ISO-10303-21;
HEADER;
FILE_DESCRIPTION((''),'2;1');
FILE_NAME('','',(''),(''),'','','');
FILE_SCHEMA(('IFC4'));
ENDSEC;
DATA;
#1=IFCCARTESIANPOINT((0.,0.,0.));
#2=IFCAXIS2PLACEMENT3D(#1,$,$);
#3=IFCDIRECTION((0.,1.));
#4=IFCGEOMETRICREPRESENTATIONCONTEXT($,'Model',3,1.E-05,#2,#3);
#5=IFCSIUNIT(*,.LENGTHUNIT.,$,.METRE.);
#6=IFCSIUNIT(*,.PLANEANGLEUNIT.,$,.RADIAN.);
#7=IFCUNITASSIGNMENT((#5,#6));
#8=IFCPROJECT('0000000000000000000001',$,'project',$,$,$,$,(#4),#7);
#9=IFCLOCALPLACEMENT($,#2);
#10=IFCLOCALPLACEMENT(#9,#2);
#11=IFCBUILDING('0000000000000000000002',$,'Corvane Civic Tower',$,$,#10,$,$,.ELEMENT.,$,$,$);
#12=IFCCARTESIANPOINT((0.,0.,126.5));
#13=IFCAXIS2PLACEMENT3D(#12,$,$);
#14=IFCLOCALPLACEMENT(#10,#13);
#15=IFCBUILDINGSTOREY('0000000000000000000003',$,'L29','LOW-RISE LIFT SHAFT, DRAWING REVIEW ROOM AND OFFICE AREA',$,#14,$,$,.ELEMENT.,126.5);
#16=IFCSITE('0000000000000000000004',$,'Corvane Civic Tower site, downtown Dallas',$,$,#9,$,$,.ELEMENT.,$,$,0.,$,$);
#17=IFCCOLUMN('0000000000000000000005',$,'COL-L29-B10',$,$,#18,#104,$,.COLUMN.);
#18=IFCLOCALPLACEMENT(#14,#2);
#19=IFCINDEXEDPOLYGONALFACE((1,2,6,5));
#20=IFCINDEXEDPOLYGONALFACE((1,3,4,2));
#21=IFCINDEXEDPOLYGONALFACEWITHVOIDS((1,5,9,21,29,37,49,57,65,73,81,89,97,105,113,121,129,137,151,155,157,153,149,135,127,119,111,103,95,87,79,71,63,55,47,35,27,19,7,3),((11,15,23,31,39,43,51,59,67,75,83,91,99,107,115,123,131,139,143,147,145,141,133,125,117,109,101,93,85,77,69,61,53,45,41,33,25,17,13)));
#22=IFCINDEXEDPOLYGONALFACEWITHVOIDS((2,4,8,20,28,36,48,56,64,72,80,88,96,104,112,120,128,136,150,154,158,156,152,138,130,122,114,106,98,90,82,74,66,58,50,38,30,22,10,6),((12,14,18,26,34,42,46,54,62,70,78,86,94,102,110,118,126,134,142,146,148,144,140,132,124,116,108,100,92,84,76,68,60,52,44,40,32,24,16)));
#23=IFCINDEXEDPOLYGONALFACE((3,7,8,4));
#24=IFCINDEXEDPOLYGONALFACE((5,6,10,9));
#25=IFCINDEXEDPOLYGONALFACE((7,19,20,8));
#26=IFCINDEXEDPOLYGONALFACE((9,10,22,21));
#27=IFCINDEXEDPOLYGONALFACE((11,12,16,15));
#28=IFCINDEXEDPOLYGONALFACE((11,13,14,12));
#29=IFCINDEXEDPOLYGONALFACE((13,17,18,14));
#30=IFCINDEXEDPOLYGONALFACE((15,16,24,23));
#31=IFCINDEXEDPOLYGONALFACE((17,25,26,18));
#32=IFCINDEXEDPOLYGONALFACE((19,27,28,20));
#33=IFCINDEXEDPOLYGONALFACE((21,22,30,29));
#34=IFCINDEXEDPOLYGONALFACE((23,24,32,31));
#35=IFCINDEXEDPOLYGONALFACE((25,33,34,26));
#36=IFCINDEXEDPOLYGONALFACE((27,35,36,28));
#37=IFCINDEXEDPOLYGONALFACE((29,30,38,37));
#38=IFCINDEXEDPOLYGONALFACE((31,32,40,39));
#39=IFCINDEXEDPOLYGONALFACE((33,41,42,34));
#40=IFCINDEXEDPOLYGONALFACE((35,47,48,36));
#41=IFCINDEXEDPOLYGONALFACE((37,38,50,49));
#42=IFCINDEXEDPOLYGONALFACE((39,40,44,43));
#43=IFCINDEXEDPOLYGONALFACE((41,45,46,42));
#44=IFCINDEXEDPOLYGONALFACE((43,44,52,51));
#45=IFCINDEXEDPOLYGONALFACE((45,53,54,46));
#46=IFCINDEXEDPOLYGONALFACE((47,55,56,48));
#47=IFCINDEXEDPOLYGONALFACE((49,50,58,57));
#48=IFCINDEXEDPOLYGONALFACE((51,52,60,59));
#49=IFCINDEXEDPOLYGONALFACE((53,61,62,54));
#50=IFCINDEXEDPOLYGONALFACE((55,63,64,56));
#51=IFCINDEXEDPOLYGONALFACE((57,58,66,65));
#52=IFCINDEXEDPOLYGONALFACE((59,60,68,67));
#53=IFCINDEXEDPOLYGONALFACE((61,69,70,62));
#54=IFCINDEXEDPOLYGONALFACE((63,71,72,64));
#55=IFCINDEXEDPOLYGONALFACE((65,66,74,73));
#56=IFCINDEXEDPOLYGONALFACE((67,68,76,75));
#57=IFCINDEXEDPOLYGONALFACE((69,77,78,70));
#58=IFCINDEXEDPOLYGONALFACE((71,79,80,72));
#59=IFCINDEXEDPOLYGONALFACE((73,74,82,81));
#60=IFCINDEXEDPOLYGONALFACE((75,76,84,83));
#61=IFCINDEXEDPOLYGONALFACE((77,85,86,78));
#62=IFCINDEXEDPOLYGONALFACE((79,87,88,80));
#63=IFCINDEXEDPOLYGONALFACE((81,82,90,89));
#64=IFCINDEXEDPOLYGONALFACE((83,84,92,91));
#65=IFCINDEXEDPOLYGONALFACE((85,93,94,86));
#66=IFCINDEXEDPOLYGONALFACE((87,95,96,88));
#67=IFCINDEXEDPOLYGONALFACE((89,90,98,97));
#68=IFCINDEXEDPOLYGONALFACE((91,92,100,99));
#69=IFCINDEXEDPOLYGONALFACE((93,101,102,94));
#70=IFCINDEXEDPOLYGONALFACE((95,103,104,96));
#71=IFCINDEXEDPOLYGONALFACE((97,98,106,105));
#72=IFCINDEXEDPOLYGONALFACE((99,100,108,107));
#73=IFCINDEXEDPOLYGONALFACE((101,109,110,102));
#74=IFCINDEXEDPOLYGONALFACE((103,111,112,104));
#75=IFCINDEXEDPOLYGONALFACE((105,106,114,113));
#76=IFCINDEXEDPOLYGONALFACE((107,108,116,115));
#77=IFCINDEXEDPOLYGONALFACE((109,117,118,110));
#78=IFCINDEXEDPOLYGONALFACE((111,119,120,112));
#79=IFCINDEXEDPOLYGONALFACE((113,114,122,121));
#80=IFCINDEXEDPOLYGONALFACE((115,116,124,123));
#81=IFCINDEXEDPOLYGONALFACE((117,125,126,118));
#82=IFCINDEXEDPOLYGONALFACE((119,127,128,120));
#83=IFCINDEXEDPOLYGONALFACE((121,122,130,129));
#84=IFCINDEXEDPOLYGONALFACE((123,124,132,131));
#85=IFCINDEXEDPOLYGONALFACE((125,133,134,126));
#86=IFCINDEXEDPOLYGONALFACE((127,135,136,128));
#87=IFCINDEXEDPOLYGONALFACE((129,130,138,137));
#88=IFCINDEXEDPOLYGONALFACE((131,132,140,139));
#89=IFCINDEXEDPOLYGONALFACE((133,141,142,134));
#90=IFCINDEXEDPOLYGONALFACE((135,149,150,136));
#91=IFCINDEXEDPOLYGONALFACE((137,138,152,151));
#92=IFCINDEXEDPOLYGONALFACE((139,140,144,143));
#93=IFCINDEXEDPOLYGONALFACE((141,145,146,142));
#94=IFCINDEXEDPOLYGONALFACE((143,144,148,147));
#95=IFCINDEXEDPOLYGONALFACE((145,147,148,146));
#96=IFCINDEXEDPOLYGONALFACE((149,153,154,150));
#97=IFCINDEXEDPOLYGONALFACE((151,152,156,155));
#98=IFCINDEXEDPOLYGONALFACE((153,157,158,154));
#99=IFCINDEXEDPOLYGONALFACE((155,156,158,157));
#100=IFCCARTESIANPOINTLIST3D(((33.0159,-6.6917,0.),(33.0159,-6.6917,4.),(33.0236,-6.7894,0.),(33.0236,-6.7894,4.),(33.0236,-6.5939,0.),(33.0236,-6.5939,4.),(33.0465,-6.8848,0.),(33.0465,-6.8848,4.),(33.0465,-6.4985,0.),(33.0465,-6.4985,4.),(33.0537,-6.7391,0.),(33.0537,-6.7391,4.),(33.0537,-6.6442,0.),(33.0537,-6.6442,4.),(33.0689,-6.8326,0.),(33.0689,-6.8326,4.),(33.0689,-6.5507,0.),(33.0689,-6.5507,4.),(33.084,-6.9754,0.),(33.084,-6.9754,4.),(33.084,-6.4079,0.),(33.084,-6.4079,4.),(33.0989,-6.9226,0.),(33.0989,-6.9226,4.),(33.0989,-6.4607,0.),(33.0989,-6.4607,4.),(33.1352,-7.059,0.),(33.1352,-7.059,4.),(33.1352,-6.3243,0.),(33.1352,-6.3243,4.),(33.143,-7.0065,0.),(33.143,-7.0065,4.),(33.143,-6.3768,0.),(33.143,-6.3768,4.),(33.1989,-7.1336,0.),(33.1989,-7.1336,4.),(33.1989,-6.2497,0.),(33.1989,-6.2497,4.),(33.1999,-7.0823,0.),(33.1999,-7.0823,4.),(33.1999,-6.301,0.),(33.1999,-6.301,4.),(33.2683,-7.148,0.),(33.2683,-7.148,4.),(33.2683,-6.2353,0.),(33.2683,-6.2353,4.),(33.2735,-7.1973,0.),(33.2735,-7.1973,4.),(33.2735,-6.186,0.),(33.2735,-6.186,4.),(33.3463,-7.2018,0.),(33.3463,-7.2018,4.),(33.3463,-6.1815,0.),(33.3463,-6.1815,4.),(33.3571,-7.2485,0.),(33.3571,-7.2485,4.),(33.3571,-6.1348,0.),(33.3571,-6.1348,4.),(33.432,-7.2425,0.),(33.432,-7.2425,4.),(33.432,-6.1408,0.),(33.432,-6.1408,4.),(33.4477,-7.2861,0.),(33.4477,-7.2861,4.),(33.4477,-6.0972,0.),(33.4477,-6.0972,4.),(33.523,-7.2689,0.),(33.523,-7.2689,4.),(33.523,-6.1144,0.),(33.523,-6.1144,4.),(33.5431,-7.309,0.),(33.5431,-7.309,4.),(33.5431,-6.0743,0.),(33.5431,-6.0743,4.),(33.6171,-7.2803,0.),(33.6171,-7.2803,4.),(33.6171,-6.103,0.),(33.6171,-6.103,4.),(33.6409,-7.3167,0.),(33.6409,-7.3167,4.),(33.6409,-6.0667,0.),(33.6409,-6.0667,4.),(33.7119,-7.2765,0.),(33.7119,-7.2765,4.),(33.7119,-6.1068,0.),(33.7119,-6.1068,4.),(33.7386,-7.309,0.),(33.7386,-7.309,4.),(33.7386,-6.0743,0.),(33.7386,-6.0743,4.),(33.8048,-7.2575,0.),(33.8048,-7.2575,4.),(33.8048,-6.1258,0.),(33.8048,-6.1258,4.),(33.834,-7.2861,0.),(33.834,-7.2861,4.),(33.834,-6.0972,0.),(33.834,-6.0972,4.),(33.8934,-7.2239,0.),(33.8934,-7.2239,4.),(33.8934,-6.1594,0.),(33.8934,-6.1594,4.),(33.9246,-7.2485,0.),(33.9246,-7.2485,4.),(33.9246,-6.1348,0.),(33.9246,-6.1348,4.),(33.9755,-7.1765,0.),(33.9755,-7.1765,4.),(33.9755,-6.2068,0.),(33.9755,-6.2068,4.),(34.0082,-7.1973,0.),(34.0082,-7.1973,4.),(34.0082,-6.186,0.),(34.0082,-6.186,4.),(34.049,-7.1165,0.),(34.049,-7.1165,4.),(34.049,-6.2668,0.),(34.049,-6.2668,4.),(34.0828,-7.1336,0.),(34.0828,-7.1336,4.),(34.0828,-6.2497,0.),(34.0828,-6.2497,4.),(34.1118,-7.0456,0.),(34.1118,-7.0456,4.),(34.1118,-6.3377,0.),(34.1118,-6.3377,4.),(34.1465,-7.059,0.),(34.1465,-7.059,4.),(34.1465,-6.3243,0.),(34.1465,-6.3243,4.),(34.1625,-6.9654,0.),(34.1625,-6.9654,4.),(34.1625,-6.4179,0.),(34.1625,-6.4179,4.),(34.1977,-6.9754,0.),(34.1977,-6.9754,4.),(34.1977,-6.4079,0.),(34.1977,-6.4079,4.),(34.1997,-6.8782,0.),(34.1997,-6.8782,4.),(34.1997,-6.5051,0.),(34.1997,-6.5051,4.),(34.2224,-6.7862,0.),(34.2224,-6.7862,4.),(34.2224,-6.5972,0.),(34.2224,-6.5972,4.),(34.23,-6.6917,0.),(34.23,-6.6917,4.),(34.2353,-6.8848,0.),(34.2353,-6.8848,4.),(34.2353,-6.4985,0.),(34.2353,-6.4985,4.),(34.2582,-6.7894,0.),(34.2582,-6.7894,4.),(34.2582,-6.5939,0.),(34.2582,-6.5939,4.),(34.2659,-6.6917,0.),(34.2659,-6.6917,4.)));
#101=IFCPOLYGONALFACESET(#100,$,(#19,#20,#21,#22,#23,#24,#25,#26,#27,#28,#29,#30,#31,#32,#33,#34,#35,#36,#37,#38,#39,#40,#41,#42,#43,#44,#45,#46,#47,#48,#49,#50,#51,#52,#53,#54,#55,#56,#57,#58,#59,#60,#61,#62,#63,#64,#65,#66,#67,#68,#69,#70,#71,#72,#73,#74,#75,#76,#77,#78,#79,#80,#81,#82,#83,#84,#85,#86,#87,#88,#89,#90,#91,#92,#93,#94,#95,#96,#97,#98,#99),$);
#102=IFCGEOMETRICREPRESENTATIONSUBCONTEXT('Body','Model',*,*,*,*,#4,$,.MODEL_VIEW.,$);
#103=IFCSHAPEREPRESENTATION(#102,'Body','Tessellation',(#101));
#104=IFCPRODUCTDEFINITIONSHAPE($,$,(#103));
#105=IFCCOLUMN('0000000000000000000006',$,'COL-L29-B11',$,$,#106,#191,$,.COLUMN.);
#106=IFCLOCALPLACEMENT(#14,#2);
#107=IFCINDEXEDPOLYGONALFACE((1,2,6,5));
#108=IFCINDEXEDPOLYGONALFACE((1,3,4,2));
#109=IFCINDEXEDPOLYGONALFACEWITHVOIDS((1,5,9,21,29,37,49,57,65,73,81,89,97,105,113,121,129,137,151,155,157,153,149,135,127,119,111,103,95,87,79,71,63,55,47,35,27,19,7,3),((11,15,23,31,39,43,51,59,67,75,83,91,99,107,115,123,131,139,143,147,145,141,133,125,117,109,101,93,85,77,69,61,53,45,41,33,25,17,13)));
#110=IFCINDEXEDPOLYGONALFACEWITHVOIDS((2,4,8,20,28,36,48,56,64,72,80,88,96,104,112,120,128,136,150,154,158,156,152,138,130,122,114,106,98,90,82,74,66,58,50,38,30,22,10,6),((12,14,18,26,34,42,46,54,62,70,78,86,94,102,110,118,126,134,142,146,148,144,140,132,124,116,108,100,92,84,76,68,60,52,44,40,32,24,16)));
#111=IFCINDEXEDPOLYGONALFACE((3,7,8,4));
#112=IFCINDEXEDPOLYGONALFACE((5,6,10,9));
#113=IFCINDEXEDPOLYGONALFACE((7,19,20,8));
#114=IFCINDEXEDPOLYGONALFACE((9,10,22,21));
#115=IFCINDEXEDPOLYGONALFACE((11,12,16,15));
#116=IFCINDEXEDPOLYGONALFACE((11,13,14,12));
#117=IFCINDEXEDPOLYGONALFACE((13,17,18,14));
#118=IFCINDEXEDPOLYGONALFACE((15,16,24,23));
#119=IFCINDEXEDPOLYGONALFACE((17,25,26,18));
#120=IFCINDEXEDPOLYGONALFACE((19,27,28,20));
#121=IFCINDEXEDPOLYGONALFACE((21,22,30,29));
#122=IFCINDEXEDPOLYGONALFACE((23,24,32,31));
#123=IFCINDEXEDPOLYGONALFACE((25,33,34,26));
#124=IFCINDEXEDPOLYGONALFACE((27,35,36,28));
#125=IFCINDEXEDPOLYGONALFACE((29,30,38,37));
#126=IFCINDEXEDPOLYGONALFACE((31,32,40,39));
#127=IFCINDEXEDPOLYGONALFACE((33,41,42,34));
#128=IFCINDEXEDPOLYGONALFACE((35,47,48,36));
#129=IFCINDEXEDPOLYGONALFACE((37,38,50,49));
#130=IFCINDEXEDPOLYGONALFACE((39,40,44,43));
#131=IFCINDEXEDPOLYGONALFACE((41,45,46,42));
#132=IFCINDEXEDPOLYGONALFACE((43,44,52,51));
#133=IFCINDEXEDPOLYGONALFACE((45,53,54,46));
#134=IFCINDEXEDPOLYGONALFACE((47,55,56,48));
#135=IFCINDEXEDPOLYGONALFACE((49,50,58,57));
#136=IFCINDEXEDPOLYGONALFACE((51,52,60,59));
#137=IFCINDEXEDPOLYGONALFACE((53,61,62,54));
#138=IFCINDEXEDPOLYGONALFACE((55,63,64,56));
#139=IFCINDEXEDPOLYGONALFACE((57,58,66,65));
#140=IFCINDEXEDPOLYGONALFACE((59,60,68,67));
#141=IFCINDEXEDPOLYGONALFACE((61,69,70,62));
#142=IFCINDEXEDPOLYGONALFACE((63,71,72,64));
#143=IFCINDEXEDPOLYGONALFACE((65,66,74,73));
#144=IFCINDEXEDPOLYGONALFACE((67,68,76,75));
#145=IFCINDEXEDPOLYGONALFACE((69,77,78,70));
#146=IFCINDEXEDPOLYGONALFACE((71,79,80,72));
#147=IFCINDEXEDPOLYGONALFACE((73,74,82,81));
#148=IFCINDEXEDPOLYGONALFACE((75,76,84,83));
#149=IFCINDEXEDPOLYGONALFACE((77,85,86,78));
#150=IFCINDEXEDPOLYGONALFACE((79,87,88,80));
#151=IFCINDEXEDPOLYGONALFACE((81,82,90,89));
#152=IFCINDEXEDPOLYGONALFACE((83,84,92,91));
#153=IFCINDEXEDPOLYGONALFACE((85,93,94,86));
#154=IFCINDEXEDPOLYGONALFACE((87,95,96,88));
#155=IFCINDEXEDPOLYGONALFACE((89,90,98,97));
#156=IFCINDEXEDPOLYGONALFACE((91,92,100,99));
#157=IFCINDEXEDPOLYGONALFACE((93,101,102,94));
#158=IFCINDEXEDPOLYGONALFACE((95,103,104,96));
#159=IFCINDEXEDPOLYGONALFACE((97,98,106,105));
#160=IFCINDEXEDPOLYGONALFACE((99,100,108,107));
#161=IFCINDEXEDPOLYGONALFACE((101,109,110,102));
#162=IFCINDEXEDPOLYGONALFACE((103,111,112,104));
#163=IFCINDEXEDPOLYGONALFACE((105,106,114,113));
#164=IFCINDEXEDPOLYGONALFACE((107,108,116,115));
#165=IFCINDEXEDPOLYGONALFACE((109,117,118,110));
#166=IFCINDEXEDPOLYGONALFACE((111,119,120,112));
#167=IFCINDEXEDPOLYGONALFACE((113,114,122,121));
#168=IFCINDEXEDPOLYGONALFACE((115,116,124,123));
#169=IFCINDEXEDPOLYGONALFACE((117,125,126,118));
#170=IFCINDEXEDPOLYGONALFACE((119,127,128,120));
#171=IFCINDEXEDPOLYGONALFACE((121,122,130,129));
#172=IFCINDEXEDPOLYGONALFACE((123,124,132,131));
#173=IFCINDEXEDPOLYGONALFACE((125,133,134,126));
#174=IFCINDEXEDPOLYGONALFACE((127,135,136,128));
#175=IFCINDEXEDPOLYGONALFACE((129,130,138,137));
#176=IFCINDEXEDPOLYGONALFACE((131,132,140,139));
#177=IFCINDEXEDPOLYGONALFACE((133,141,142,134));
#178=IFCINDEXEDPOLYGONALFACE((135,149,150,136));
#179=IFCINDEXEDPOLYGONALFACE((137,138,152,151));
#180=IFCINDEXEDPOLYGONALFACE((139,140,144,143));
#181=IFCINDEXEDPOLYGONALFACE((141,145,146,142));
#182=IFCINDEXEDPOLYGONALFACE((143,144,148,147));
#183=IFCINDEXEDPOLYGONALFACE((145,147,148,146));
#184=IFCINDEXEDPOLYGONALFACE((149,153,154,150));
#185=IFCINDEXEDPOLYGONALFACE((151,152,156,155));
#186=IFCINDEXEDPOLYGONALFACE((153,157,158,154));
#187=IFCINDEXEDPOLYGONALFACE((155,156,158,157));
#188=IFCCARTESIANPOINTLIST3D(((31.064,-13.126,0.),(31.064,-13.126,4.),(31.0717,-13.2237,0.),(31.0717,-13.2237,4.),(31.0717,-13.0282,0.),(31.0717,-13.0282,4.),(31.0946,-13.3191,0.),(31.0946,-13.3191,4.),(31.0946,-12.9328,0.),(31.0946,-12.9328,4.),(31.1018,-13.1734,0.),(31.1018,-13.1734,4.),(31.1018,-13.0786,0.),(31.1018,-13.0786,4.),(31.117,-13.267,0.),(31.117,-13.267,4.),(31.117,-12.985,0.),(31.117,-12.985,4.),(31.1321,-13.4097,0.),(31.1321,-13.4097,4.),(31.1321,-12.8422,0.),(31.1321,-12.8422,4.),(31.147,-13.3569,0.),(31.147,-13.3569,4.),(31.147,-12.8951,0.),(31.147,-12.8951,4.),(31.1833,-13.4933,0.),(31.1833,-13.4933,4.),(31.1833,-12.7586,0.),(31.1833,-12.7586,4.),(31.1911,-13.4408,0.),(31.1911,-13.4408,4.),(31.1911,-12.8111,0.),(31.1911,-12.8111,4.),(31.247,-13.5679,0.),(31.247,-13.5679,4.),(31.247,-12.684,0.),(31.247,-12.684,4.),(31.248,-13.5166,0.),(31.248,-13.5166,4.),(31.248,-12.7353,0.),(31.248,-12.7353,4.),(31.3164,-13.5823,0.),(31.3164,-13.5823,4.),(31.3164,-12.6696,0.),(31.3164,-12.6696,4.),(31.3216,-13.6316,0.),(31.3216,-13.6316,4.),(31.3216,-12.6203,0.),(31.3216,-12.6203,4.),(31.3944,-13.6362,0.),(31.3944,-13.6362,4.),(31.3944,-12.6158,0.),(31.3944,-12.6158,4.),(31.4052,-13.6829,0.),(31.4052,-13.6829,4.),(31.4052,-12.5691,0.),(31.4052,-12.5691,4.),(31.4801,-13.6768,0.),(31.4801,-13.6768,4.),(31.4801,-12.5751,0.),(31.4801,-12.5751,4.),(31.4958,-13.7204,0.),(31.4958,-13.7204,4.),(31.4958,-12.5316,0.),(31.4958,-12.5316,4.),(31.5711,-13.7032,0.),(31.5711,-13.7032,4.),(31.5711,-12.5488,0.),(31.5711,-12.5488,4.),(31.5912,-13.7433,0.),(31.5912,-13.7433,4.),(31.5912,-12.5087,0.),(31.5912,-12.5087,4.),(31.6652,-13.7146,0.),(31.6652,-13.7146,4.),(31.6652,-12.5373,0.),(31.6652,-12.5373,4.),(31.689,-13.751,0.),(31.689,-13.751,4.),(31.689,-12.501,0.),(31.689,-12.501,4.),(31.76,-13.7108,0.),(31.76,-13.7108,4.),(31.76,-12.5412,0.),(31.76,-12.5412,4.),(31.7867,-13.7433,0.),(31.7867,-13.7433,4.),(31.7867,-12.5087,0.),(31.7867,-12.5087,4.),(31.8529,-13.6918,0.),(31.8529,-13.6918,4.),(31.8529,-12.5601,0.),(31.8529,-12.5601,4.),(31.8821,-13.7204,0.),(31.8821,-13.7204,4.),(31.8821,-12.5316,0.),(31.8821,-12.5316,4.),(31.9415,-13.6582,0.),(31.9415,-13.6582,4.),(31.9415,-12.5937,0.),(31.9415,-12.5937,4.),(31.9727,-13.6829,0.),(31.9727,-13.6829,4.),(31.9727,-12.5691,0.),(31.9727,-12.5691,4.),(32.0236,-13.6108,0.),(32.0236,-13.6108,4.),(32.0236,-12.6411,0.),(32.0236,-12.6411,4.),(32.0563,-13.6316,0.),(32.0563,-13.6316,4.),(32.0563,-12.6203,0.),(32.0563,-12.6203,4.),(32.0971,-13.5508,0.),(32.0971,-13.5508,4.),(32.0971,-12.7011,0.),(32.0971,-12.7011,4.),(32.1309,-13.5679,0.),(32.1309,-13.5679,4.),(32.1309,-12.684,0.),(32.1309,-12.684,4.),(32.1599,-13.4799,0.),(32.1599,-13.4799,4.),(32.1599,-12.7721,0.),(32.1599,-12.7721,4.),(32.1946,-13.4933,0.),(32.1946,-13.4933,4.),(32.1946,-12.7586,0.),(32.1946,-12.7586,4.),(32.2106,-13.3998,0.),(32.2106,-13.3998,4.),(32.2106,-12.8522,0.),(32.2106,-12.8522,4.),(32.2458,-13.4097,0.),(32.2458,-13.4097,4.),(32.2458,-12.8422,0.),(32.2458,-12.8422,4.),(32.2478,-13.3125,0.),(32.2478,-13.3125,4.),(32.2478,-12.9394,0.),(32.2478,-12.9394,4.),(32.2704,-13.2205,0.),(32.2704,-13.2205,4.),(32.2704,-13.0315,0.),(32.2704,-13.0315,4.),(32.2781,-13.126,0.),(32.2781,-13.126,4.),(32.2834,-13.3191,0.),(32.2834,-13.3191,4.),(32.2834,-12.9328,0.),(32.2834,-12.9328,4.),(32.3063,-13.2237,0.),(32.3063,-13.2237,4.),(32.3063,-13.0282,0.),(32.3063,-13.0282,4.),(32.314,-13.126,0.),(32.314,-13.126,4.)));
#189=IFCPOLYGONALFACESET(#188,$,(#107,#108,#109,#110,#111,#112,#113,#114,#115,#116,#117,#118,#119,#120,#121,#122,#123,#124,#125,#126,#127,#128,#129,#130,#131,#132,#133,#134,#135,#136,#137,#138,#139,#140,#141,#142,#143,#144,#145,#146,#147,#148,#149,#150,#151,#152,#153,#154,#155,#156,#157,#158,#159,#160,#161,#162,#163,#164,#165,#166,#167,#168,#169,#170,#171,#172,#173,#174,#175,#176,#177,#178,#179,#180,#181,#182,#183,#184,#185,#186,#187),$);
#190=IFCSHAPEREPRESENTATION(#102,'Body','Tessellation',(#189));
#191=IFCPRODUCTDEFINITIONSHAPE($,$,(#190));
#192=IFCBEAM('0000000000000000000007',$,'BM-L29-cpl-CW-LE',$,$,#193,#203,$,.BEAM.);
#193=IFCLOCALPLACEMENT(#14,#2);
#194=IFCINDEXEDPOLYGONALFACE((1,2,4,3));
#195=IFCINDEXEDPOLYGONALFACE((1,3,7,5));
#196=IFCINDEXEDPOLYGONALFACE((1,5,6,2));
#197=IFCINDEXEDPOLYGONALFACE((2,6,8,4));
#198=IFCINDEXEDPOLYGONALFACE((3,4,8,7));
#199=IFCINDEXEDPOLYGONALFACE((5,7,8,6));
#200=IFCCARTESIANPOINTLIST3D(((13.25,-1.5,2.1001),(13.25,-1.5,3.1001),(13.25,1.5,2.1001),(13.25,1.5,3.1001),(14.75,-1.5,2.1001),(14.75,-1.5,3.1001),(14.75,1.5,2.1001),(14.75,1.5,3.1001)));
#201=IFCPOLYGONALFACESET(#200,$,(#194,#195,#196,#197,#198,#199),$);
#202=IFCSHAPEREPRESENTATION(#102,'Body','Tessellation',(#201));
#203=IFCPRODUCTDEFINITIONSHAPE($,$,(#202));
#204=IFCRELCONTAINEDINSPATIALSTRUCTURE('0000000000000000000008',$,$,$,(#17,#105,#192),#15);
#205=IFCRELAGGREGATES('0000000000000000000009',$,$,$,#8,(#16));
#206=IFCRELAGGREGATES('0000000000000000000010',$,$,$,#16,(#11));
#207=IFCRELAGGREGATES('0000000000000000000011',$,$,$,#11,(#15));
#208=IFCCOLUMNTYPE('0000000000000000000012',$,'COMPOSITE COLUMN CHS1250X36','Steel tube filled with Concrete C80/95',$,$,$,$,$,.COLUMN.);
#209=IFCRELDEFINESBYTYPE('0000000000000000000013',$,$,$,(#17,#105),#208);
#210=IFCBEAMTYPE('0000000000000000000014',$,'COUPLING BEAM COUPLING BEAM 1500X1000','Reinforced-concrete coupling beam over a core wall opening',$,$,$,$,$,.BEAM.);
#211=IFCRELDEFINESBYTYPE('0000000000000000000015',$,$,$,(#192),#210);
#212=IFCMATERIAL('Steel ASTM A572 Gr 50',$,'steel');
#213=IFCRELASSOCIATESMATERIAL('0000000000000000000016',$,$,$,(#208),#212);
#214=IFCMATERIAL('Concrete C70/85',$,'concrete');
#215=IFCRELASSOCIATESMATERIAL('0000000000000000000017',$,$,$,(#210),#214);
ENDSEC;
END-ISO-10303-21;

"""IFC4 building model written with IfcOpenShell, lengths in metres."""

from ifc_helpers import new_model, si_unit, direction, frame, origin, origin_2d, place, context, subcontext, project, spatial, rectangle, hollow_circle, extrude, material, material_profile, profile_set, type_object, element, save


model = new_model("IFC4")

# Units and contexts
model_context = context("Model", 3, precision=1e-05, world=origin(), true_north=direction((0.0, 1.0)))
body_context = subcontext(model_context, "Body", "Model", "MODEL_VIEW")
ifc_project = project(units=[si_unit("LENGTHUNIT", "METRE"), si_unit("PLANEANGLEUNIT", "RADIAN")], contexts=[model_context])

# Site, building, storey
site_placement = place(None, origin())
site = spatial("IfcSite", under=ifc_project, at=site_placement, Name="Corvane Civic Tower site, downtown Dallas", CompositionType="ELEMENT", RefElevation=0.0)
building_placement = place(site_placement, origin())
building = spatial("IfcBuilding", under=site, at=building_placement, Name="Corvane Civic Tower", CompositionType="ELEMENT")
storey_placement = place(building_placement, frame((0.0, 0.0, 126.5)))
storey = spatial("IfcBuildingStorey", under=building, at=storey_placement, Name="L29", Description="LOW-RISE LIFT SHAFT, DRAWING REVIEW ROOM AND OFFICE AREA", CompositionType="ELEMENT", Elevation=126.5)

# Columns
ifc_material_1 = material(Name="Steel ASTM A572 Gr 50", Category="steel")
ifc_material_profile_1 = material_profile(ifc_material_1, hollow_circle(Radius=0.625, WallThickness=0.0359, at=origin_2d()), Name="CHS1250X36")
ifc_profile_set_1 = profile_set([ifc_material_profile_1], Name="Steel ASTM A572 Gr 50")
column_type = type_object("IfcColumnType", Name="COMPOSITE COLUMN CHS1250X36", Description="Steel tube filled with Concrete C80/95", PredefinedType="COLUMN", material=ifc_profile_set_1)
for number, where, z_axis, x_axis, name in (
    (1, (33.6409, -6.6917, 0.0), (0.0, 0.0, 1.0), (1.0, 0.0, 0.0), "COL-L29-B10"),
    (2, (31.689, -13.126, 0.0), (0.0, 0.0, 1.0), (1.0, 0.0, 0.0), "COL-L29-B11"),
):
    element("IfcColumn", number, at=place(storey_placement, frame(where, z_axis=z_axis, x_axis=x_axis)), inside=storey, type_object=column_type, Name=name, PredefinedType="COLUMN", context=body_context, shape_type="SweptSolid", body=[
        extrude(hollow_circle(Radius=0.625, WallThickness=0.0359, at=origin_2d()), origin(), (0.0, 0.0, 1.0), 4.0),
    ])

# Beam
ifc_material_2 = material(Name="Concrete C70/85", Category="concrete")
ifc_material_profile_2 = material_profile(ifc_material_2, rectangle(XDim=1.5, YDim=1.0, at=origin_2d()), Name="COUPLING BEAM 1500X1000")
ifc_profile_set_2 = profile_set([ifc_material_profile_2], Name="Concrete C70/85")
beam_type_1 = type_object("IfcBeamType", Name="COUPLING BEAM COUPLING BEAM 1500X1000", Description="Reinforced-concrete coupling beam over a core wall opening", PredefinedType="BEAM", material=ifc_profile_set_2)
beam_1_placement = place(storey_placement, frame((14.0, -1.5, 2.6001), z_axis=(0.0, 1.0, 0.0), x_axis=(-1.0, 0.0, 0.0)))
element("IfcBeam", 3, at=beam_1_placement, inside=storey, type_object=beam_type_1, Name="BM-L29-cpl-CW-LE", PredefinedType="BEAM", context=body_context, shape_type="SweptSolid", body=[
    extrude(rectangle(XDim=1.5, YDim=1.0, at=origin_2d()), origin(), (0.0, 0.0, 1.0), 3.0),
])

save(model, "model.ifc")
